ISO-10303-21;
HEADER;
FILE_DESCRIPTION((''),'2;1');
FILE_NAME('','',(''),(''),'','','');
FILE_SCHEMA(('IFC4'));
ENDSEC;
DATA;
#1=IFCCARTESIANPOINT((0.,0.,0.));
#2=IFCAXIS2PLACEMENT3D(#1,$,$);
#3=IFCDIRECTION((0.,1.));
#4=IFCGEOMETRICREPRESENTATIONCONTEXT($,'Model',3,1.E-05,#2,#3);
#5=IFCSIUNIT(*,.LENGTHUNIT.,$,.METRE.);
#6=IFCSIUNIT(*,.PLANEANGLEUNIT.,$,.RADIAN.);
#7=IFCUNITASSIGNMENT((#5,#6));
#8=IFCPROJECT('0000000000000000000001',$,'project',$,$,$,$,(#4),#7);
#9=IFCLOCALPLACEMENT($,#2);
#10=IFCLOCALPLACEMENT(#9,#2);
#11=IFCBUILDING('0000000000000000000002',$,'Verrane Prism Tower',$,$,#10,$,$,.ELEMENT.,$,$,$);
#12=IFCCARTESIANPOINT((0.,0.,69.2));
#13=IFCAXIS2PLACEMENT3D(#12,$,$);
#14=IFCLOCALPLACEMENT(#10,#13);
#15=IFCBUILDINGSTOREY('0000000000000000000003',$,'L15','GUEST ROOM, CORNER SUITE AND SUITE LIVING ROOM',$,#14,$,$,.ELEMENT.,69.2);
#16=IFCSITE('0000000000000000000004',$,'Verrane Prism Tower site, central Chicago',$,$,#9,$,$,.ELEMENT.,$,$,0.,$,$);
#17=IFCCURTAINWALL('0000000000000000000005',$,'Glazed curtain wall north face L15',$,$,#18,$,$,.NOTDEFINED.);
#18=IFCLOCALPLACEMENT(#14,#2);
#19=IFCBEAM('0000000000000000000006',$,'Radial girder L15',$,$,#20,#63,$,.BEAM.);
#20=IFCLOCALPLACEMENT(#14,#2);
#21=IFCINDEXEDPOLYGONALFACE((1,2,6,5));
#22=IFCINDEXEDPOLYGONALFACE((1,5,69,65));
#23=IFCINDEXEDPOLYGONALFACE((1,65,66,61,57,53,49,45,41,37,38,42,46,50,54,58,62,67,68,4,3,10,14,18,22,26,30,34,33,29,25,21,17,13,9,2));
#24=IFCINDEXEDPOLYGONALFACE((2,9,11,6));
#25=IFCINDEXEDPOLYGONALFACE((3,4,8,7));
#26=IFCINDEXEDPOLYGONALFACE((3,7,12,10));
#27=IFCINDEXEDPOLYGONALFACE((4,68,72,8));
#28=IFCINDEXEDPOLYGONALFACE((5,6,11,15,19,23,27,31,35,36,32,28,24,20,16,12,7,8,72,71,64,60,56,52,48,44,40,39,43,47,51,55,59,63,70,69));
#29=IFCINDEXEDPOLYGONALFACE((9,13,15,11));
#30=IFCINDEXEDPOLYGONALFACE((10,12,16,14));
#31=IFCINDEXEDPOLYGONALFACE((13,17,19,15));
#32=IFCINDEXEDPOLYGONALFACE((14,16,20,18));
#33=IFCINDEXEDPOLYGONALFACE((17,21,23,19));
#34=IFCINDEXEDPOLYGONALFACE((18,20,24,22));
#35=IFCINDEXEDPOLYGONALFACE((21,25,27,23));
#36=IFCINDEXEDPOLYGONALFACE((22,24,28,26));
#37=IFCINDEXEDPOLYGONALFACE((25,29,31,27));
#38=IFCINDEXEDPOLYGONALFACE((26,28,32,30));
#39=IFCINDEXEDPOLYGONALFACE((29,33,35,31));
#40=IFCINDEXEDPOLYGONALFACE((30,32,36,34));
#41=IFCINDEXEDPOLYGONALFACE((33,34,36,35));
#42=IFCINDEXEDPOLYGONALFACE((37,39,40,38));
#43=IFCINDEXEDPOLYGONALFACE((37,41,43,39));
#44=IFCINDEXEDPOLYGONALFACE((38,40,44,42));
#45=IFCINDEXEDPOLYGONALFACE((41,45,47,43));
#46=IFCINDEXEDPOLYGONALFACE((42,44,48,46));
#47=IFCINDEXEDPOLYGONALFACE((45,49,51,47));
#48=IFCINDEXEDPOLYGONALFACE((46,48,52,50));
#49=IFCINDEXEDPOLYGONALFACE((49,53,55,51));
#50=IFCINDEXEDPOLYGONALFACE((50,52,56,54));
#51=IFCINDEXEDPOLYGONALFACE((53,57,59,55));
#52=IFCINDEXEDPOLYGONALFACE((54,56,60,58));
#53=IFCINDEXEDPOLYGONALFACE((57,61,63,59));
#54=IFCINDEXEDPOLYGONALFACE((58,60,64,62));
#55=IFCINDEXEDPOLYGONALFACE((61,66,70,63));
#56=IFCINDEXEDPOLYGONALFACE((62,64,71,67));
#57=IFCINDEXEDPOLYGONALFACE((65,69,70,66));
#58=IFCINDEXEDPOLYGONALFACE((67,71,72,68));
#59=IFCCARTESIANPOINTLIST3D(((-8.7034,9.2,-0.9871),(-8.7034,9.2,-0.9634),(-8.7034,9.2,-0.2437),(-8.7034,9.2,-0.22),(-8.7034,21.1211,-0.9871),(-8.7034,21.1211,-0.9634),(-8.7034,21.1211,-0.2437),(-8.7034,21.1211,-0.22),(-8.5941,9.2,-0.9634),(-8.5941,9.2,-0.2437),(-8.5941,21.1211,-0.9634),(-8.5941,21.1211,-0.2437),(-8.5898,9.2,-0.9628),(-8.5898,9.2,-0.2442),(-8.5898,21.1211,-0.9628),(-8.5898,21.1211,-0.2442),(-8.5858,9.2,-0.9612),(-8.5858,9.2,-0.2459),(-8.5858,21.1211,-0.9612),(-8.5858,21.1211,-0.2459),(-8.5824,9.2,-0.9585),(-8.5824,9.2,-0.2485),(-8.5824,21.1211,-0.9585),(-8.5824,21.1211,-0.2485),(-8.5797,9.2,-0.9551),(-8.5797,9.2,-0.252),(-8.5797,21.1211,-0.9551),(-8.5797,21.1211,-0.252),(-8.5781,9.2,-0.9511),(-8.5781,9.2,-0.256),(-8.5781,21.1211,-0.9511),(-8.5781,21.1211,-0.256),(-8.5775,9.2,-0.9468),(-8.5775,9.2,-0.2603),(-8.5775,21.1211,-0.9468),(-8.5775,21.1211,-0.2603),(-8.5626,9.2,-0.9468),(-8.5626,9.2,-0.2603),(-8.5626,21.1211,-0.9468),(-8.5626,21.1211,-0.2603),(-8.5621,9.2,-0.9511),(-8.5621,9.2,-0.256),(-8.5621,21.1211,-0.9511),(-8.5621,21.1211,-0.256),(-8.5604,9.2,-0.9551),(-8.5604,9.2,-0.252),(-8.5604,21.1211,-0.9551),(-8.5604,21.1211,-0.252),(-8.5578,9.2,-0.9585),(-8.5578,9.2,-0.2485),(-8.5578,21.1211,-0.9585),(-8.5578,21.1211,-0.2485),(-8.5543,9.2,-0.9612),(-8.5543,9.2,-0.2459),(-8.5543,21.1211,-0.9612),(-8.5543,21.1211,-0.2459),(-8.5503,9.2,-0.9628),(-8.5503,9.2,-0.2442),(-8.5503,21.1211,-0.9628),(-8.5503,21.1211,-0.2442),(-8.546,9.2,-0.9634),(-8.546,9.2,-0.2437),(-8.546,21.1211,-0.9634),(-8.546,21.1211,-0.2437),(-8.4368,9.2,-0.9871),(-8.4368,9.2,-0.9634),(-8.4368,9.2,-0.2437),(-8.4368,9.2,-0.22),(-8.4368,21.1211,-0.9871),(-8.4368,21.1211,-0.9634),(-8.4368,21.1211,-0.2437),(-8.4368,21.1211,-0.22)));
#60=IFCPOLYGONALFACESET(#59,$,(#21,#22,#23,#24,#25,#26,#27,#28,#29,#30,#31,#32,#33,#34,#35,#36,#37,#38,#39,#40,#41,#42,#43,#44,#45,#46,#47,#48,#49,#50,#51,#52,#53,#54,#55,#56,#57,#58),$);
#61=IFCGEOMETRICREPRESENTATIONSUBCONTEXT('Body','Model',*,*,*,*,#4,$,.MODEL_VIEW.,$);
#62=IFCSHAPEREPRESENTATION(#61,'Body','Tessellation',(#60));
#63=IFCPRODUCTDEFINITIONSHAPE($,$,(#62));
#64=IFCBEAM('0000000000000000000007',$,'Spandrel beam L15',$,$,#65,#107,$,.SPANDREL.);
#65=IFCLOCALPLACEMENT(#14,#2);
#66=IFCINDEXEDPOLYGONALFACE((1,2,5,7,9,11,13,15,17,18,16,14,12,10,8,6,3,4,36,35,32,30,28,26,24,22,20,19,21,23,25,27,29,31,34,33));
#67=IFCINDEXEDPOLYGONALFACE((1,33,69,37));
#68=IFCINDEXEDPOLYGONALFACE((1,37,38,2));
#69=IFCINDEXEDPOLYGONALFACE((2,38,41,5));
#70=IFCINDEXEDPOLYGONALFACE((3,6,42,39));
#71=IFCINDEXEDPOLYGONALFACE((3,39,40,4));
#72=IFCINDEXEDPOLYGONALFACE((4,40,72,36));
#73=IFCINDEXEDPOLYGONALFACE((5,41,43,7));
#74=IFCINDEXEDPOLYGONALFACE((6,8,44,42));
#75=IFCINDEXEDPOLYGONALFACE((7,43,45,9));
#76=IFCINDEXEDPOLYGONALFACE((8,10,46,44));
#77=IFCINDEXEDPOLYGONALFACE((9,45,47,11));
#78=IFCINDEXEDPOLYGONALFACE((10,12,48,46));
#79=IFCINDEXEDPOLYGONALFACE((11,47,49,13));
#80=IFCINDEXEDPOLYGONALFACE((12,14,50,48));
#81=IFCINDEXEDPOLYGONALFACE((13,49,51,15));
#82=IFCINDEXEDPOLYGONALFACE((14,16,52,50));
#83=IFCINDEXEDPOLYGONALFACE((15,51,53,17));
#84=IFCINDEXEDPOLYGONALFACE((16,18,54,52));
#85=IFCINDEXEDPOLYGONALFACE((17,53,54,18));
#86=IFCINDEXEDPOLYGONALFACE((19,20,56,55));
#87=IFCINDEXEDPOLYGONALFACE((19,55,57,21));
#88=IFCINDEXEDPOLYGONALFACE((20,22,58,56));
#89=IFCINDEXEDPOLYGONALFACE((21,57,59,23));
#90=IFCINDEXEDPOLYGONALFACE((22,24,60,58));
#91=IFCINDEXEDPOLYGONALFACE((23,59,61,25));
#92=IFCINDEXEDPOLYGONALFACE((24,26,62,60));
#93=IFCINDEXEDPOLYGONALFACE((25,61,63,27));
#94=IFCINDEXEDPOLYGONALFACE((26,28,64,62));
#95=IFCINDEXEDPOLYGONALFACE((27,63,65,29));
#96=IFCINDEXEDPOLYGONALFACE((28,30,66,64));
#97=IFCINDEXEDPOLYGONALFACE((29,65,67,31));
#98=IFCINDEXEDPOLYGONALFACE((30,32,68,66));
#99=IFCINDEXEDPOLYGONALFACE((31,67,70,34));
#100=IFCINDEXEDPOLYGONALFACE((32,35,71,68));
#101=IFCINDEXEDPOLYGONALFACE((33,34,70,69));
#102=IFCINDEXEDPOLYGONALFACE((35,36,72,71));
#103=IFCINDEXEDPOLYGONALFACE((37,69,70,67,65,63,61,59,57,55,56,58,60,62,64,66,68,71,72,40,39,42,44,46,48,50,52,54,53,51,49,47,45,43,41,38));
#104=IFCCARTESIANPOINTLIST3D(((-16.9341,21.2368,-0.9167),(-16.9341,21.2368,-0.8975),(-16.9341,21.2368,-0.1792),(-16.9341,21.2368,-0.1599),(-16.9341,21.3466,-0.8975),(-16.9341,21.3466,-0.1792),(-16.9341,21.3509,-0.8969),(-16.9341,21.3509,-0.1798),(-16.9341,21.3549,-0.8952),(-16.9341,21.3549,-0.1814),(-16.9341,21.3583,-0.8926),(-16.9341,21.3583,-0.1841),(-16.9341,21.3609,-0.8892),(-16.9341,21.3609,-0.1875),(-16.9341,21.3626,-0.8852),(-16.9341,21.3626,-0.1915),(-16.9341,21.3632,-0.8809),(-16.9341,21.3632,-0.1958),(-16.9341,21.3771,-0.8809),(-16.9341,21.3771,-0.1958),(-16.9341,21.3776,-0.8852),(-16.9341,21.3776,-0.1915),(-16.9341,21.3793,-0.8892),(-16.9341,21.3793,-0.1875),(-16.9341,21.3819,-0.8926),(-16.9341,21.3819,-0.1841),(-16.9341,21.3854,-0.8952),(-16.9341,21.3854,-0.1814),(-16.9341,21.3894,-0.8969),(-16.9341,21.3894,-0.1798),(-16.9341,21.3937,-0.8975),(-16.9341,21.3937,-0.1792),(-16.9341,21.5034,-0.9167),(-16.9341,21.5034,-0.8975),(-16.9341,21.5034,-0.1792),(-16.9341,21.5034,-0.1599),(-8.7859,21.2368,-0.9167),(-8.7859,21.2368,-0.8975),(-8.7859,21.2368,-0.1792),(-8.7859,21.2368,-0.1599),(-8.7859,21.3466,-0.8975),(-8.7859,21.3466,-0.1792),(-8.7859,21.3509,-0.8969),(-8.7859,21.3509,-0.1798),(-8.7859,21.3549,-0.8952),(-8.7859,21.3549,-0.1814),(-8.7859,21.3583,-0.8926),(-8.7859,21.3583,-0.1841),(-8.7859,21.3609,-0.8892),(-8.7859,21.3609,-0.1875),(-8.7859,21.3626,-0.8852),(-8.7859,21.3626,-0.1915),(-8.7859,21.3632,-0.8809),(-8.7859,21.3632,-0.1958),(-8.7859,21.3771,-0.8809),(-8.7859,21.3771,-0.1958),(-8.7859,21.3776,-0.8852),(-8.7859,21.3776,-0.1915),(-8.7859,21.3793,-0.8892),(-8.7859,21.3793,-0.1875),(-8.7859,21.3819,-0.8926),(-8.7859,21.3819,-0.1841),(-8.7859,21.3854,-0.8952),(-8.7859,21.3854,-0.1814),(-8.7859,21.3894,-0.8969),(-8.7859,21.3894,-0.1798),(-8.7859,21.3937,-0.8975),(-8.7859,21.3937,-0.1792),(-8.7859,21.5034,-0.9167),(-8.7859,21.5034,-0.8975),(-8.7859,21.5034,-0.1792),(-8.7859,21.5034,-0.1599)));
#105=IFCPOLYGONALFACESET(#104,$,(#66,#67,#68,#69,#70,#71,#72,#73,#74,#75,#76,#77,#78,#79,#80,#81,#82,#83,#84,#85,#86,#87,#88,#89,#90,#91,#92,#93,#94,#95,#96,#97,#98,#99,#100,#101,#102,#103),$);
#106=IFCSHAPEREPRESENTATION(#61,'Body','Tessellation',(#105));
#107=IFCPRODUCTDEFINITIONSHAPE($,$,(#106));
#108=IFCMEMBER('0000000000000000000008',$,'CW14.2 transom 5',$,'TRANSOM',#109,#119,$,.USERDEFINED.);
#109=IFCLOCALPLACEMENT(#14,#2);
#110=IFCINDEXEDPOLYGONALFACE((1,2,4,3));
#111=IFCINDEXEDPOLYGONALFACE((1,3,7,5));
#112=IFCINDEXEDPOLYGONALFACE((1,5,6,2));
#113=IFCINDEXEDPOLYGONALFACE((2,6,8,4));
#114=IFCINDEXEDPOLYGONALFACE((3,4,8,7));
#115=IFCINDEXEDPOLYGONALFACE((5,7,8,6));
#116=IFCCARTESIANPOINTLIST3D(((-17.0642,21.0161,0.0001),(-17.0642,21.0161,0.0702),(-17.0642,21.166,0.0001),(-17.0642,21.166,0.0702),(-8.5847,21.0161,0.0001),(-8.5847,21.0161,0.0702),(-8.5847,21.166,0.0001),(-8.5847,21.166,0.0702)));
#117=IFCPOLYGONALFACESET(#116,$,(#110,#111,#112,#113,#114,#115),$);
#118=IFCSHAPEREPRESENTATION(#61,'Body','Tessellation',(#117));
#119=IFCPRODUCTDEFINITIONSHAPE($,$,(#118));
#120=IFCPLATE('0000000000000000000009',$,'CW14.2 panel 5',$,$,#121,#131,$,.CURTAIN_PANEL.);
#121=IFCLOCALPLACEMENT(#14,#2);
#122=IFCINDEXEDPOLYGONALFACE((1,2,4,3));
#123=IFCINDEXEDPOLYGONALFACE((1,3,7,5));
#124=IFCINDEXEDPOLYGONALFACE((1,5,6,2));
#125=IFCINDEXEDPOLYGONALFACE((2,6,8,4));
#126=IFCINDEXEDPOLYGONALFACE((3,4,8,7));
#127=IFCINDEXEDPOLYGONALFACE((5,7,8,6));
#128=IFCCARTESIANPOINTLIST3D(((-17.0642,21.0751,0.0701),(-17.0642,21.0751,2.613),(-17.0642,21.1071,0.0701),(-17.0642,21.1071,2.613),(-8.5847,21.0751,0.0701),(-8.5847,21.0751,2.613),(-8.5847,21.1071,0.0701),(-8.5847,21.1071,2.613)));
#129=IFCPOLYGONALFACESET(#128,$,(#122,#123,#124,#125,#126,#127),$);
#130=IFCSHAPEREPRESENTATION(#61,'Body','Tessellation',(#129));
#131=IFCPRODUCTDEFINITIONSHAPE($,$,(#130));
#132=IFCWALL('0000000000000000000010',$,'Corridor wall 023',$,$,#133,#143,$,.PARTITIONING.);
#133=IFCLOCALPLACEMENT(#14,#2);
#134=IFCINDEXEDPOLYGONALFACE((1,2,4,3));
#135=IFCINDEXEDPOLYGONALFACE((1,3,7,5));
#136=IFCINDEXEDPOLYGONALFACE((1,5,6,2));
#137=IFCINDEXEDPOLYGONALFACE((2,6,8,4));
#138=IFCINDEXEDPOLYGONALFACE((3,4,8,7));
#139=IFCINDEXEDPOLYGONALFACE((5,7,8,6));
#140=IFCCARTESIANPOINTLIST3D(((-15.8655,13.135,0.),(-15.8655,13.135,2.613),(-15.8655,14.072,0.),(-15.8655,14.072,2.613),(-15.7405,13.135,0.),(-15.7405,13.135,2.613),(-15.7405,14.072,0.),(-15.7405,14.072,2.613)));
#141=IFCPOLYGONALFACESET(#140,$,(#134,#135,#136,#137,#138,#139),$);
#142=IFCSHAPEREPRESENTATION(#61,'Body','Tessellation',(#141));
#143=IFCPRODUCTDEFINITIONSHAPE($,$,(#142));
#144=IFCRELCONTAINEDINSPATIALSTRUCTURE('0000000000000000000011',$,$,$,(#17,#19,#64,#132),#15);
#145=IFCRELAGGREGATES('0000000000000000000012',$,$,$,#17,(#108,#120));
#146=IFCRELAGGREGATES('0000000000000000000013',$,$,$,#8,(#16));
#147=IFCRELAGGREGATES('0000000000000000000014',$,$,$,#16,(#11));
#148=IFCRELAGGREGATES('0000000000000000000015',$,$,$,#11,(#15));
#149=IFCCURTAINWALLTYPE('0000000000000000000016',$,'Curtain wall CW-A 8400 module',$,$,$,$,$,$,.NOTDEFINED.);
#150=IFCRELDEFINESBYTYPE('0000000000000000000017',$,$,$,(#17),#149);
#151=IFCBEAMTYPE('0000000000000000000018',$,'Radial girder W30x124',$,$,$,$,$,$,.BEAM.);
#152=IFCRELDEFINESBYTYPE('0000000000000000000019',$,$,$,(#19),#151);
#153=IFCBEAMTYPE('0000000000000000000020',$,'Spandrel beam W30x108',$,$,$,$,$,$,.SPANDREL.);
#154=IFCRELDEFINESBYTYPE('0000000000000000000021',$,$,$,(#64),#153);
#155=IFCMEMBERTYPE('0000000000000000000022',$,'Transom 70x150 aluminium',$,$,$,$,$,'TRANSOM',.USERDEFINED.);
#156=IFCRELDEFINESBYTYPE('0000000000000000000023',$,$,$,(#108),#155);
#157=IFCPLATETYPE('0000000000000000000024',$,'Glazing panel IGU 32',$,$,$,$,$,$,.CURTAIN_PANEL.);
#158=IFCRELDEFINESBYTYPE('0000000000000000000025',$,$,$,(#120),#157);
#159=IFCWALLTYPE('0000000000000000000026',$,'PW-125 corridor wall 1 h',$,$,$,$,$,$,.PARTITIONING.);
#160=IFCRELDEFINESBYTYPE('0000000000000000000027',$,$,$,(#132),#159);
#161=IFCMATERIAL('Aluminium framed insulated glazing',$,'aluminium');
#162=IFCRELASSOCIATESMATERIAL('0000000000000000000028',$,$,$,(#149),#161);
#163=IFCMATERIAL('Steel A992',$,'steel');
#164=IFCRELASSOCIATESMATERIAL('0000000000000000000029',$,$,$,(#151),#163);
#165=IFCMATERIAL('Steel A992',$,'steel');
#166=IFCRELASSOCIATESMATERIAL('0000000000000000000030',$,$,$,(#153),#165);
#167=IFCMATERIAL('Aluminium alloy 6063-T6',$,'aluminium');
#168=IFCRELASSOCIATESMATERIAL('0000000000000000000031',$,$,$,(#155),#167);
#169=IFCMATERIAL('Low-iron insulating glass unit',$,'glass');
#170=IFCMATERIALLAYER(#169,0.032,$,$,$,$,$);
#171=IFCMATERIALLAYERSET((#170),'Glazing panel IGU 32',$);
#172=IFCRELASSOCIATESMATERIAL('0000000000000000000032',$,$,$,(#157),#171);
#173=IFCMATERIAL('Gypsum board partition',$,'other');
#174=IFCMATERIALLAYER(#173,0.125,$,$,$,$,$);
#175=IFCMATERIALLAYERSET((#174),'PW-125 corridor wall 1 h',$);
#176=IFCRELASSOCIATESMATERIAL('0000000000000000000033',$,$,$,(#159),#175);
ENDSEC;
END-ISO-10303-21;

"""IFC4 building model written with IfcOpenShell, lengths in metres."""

from ifc_helpers import new_model, si_unit, direction, frame, frame_2d, origin, origin_2d, place, context, subcontext, project, spatial, rectangle, i_section, extrude, material, layer, layer_set, material_profile, profile_set, type_object, element, aggregate, save


model = new_model("IFC4")

# Units and contexts
model_context = context("Model", 3, precision=1e-05, world=origin(), true_north=direction((0.0, 1.0)))
body_context = subcontext(model_context, "Body", "Model", "MODEL_VIEW")
ifc_project = project(units=[si_unit("LENGTHUNIT", "METRE"), si_unit("PLANEANGLEUNIT", "RADIAN")], contexts=[model_context])

# Site, building, storey
site_placement = place(None, origin())
site = spatial("IfcSite", under=ifc_project, at=site_placement, Name="Verrane Prism Tower site, central Chicago", CompositionType="ELEMENT", RefElevation=0.0)
building_placement = place(site_placement, origin())
building = spatial("IfcBuilding", under=site, at=building_placement, Name="Verrane Prism Tower", CompositionType="ELEMENT")
storey_placement = place(building_placement, frame((0.0, 0.0, 69.2)))
storey = spatial("IfcBuildingStorey", under=building, at=storey_placement, Name="L15", Description="GUEST ROOM, CORNER SUITE AND SUITE LIVING ROOM", CompositionType="ELEMENT", Elevation=69.2)

# Curtain wall
ifc_material_1 = material(Name="Aluminium framed insulated glazing", Category="aluminium")
curtain_wall_type = type_object("IfcCurtainWallType", Name="Curtain wall CW-A 8400 module", PredefinedType="NOTDEFINED", material=ifc_material_1)
curtain_wall_placement = place(storey_placement, origin())
curtain_wall = element("IfcCurtainWall", 1, at=curtain_wall_placement, inside=storey, type_object=curtain_wall_type, Name="Glazed curtain wall north face L15", PredefinedType="NOTDEFINED")

# Beams
ifc_material_2 = material(Name="Steel A992", Category="steel")
ifc_material_profile_1 = material_profile(ifc_material_2, i_section(OverallWidth=0.2666, OverallDepth=0.7671, WebThickness=0.0149, FlangeThickness=0.0237, FilletRadius=0.0166, at=origin_2d()), Name="W30x124")
ifc_profile_set_1 = profile_set([ifc_material_profile_1], Name="Steel A992")
beam_type_1 = type_object("IfcBeamType", Name="Radial girder W30x124", PredefinedType="BEAM", material=ifc_profile_set_1)
beam_1_placement = place(storey_placement, frame((-8.5701, 21.1211, -0.6035), z_axis=(0.0, -1.0, 0.0), x_axis=(1.0, 0.0, 0.0)))
element("IfcBeam", 2, at=beam_1_placement, inside=storey, type_object=beam_type_1, Name="Radial girder L15", PredefinedType="BEAM", context=body_context, shape_type="SweptSolid", body=[
    extrude(i_section(OverallWidth=0.2666, OverallDepth=0.7671, WebThickness=0.0149, FlangeThickness=0.0237, FilletRadius=0.0166, at=origin_2d()), origin(), (0.0, 0.0, 1.0), 11.9211),
])
ifc_material_3 = material(Name="Steel A992", Category="steel")
ifc_material_profile_2 = material_profile(ifc_material_3, i_section(OverallWidth=0.2666, OverallDepth=0.7568, WebThickness=0.0139, FlangeThickness=0.0193, FilletRadius=0.0166, at=origin_2d()), Name="W30x108")
ifc_profile_set_2 = profile_set([ifc_material_profile_2], Name="Steel A992")
beam_type_2 = type_object("IfcBeamType", Name="Spandrel beam W30x108", PredefinedType="SPANDREL", material=ifc_profile_set_2)
beam_2_placement = place(storey_placement, frame((-8.7859, 21.3701, -0.5383), z_axis=(-1.0, 0.0, 0.0), x_axis=(0.0, -1.0, 0.0)))
element("IfcBeam", 3, at=beam_2_placement, inside=storey, type_object=beam_type_2, Name="Spandrel beam L15", PredefinedType="SPANDREL", context=body_context, shape_type="SweptSolid", body=[
    extrude(i_section(OverallWidth=0.2666, OverallDepth=0.7568, WebThickness=0.0139, FlangeThickness=0.0193, FilletRadius=0.0166, at=origin_2d()), origin(), (0.0, 0.0, 1.0), 8.1482),
])

# Member
ifc_material_4 = material(Name="Aluminium alloy 6063-T6", Category="aluminium")
ifc_material_profile_3 = material_profile(ifc_material_4, rectangle(XDim=0.1499, YDim=0.0701, at=origin_2d()), Name="Transom 70x150 aluminium")
ifc_profile_set_3 = profile_set([ifc_material_profile_3], Name="Aluminium alloy 6063-T6")
member_type_1 = type_object("IfcMemberType", Name="Transom 70x150 aluminium", ElementType="TRANSOM", PredefinedType="USERDEFINED", material=ifc_profile_set_3)
member_1_placement = place(storey_placement, frame((-8.5847, 21.0911, 0.0352), z_axis=(-1.0, 0.0, 0.0), x_axis=(0.0, -1.0, 0.0)))
member_1 = element("IfcMember", 4, at=member_1_placement, type_object=member_type_1, Name="CW14.2 transom 5", ObjectType="TRANSOM", PredefinedType="USERDEFINED", context=body_context, shape_type="SweptSolid", body=[
    extrude(rectangle(XDim=0.1499, YDim=0.0701, at=origin_2d()), origin(), (0.0, 0.0, 1.0), 8.4795),
])

# Plate
ifc_material_5 = material(Name="Low-iron insulating glass unit", Category="glass")
ifc_layer_1 = layer(ifc_material_5, 0.032)
ifc_layer_set_1 = layer_set([ifc_layer_1], Name="Glazing panel IGU 32")
plate_type = type_object("IfcPlateType", Name="Glazing panel IGU 32", PredefinedType="CURTAIN_PANEL", material=ifc_layer_set_1)
plate_placement = place(storey_placement, frame((-12.8245, 21.0911, 0.0701), z_axis=(0.0, 0.0, 1.0), x_axis=(-1.0, 0.0, 0.0)))
plate = element("IfcPlate", 5, at=plate_placement, type_object=plate_type, Name="CW14.2 panel 5", PredefinedType="CURTAIN_PANEL", context=body_context, shape_type="SweptSolid", body=[
    extrude(rectangle(XDim=8.4795, YDim=0.032, at=origin_2d()), origin(), (0.0, 0.0, 1.0), 2.543),
])
aggregate(curtain_wall, [member_1, plate])

# Wall
ifc_material_6 = material(Name="Gypsum board partition", Category="other")
ifc_layer_2 = layer(ifc_material_6, 0.125)
ifc_layer_set_2 = layer_set([ifc_layer_2], Name="PW-125 corridor wall 1 h")
wall_type_1 = type_object("IfcWallType", Name="PW-125 corridor wall 1 h", PredefinedType="PARTITIONING", material=ifc_layer_set_2)
wall_1_placement = place(storey_placement, frame((-15.803, 13.135, 0.0), z_axis=(0.0, 0.0, 1.0), x_axis=(0.0, 1.0, 0.0)))
element("IfcWall", 6, at=wall_1_placement, inside=storey, type_object=wall_type_1, Name="Corridor wall 023", PredefinedType="PARTITIONING", context=body_context, shape_type="SweptSolid", body=[
    extrude(rectangle(XDim=0.937, YDim=0.125, at=frame_2d((0.4685, 0.0))), origin(), (0.0, 0.0, 1.0), 2.613),
])

save(model, "model.ifc")
